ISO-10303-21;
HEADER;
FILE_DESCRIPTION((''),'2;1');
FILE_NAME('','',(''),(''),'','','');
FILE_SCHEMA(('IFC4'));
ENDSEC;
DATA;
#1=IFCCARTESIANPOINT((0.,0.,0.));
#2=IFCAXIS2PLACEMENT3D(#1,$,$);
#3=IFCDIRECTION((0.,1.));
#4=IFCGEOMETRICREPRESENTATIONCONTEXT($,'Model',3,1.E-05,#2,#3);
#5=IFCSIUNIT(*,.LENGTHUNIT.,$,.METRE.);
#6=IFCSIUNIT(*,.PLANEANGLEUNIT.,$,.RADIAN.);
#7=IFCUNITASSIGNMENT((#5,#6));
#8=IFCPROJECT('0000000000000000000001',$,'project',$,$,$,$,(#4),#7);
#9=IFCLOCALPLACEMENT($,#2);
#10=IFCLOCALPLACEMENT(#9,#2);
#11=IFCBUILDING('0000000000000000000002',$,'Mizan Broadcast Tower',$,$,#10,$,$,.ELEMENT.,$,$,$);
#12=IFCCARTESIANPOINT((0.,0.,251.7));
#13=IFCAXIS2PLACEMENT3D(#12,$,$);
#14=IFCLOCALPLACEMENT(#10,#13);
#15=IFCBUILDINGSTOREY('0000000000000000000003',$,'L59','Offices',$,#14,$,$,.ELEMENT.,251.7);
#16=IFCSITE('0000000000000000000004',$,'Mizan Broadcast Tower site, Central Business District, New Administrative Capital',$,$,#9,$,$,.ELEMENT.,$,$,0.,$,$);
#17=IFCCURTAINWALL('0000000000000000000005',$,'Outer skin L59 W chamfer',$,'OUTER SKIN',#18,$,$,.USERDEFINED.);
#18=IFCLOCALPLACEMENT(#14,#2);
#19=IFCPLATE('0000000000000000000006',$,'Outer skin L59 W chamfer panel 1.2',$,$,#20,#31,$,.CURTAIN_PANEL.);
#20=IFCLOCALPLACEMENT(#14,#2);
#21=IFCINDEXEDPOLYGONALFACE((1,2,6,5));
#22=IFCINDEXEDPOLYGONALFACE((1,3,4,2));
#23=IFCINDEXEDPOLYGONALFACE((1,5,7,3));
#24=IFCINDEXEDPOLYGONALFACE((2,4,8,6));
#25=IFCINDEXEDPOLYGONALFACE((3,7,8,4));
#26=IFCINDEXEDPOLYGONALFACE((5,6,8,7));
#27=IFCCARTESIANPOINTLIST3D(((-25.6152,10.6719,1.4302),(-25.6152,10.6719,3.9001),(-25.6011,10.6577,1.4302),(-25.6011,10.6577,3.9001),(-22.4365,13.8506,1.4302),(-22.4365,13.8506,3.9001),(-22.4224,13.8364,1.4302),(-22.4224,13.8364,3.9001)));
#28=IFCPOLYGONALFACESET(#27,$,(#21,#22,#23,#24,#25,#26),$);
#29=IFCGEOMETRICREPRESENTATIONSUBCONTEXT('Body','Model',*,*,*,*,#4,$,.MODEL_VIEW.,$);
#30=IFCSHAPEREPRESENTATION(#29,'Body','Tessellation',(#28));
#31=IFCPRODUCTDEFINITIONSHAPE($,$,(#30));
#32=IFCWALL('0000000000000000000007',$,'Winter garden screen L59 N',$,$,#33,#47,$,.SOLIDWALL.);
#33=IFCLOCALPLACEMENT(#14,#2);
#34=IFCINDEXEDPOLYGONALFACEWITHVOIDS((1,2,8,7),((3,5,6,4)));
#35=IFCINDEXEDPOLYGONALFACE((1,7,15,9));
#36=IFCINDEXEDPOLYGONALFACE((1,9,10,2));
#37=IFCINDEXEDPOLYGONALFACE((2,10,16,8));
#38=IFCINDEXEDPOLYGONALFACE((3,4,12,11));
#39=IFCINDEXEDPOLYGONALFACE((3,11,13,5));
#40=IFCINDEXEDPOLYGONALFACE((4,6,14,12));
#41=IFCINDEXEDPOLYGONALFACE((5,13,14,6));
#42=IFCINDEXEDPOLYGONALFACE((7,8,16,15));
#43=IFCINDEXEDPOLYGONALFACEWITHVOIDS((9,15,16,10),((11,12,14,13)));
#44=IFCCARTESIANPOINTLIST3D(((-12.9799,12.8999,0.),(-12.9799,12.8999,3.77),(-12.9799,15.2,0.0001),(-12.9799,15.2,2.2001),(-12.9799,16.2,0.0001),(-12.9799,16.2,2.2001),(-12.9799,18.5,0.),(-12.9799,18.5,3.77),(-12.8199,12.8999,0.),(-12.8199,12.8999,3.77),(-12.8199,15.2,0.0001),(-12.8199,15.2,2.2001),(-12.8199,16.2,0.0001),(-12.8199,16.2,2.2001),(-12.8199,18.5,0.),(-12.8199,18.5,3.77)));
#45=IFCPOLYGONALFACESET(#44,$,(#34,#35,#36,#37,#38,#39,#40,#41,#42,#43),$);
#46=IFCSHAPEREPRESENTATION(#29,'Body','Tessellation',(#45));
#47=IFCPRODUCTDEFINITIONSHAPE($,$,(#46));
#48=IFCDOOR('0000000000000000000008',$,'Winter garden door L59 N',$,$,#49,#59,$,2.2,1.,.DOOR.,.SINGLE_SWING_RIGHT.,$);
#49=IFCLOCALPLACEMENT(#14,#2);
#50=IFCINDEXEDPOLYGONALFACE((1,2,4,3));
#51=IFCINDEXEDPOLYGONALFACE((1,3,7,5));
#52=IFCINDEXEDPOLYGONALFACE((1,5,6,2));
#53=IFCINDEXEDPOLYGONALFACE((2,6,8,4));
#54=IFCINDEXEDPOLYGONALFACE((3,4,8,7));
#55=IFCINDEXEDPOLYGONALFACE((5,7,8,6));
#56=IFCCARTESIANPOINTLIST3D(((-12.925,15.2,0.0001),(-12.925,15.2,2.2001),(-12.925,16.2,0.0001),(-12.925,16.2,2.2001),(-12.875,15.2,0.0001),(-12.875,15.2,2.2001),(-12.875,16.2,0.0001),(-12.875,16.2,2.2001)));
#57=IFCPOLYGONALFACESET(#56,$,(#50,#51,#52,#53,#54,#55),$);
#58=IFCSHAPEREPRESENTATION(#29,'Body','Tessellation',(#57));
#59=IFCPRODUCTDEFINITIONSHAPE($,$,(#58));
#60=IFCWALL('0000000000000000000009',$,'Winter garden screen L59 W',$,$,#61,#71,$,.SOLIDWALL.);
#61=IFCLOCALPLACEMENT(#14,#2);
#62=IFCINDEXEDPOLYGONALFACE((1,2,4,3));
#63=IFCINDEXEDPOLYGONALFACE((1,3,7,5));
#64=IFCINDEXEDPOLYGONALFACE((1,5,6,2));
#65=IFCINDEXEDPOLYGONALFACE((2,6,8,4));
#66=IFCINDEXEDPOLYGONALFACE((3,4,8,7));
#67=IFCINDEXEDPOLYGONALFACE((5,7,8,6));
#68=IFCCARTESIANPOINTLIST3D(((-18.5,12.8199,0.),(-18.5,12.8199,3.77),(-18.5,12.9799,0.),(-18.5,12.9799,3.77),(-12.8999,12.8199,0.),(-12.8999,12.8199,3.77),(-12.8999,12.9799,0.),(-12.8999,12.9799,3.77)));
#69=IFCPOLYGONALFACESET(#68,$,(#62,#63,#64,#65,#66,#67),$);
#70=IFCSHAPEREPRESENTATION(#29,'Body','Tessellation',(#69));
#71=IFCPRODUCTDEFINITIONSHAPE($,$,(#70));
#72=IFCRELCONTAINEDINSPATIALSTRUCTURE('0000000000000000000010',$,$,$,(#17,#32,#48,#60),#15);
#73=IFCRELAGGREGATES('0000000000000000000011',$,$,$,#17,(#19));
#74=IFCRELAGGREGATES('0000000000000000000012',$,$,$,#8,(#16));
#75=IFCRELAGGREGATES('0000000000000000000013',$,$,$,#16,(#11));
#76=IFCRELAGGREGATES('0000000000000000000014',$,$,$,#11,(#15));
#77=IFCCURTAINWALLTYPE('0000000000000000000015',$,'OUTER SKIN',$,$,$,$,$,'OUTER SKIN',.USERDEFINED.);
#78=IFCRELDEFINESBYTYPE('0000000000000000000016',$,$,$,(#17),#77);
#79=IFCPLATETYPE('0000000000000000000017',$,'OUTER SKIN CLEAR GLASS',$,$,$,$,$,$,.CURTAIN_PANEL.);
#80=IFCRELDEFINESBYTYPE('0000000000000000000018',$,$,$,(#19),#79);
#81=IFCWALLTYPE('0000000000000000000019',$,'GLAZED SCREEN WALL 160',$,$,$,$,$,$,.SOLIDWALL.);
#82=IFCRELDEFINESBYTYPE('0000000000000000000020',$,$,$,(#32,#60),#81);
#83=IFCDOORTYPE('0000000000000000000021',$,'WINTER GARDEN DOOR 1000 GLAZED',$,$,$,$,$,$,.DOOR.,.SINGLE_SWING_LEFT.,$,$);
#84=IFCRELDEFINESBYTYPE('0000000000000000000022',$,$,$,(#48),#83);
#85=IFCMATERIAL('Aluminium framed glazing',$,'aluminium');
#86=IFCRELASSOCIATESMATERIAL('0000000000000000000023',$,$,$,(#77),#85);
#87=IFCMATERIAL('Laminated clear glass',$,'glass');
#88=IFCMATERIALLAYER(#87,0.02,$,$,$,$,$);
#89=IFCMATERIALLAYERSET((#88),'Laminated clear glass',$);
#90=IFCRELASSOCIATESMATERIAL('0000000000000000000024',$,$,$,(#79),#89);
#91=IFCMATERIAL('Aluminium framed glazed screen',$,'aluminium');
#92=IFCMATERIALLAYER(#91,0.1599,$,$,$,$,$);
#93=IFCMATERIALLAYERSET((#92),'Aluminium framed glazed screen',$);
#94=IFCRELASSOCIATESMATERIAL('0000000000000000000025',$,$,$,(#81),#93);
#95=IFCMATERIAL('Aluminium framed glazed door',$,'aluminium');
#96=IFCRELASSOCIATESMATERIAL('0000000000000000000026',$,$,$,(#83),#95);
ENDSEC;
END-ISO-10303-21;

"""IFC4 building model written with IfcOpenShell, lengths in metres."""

from ifc_helpers import new_model, si_unit, direction, frame, frame_2d, origin, origin_2d, place, context, subcontext, project, spatial, rectangle, extrude, material, layer, layer_set, type_object, element, fill, aggregate, save


model = new_model("IFC4")

# Units and contexts
model_context = context("Model", 3, precision=1e-05, world=origin(), true_north=direction((0.0, 1.0)))
body_context = subcontext(model_context, "Body", "Model", "MODEL_VIEW")
ifc_project = project(units=[si_unit("LENGTHUNIT", "METRE"), si_unit("PLANEANGLEUNIT", "RADIAN")], contexts=[model_context])

# Site, building, storey
site_placement = place(None, origin())
site = spatial("IfcSite", under=ifc_project, at=site_placement, Name="Mizan Broadcast Tower site, Central Business District, New Administrative Capital", CompositionType="ELEMENT", RefElevation=0.0)
building_placement = place(site_placement, origin())
building = spatial("IfcBuilding", under=site, at=building_placement, Name="Mizan Broadcast Tower", CompositionType="ELEMENT")
storey_placement = place(building_placement, frame((0.0, 0.0, 251.7)))
storey = spatial("IfcBuildingStorey", under=building, at=storey_placement, Name="L59", Description="Offices", CompositionType="ELEMENT", Elevation=251.7)

# Shared definitions
ifc_material_1 = material(Name="Aluminium framed glazing", Category="aluminium")
curtain_wall_type_1 = type_object("IfcCurtainWallType", Name="OUTER SKIN", ElementType="OUTER SKIN", PredefinedType="USERDEFINED", material=ifc_material_1)

# Curtain wall
curtain_wall_1_placement = place(storey_placement, origin())
curtain_wall_1 = element("IfcCurtainWall", 1, at=curtain_wall_1_placement, inside=storey, type_object=curtain_wall_type_1, Name="Outer skin L59 W chamfer", ObjectType="OUTER SKIN", PredefinedType="USERDEFINED")

# Plate
ifc_material_2 = material(Name="Laminated clear glass", Category="glass")
ifc_layer_1 = layer(ifc_material_2, 0.02)
ifc_layer_set_1 = layer_set([ifc_layer_1], Name="Laminated clear glass")
plate_type_1 = type_object("IfcPlateType", Name="OUTER SKIN CLEAR GLASS", PredefinedType="CURTAIN_PANEL", material=ifc_layer_set_1)
plate_1_placement = place(storey_placement, frame((-24.0188, 12.2542, 1.4302), z_axis=(0.0, 0.0, 1.0), x_axis=(-0.707107, -0.707107, 0.0)))
plate_1 = element("IfcPlate", 2, at=plate_1_placement, type_object=plate_type_1, Name="Outer skin L59 W chamfer panel 1.2", PredefinedType="CURTAIN_PANEL", context=body_context, shape_type="SweptSolid", body=[
    extrude(rectangle(XDim=4.4954, YDim=0.02, at=origin_2d()), origin(), (0.0, 0.0, 1.0), 2.47),
])
aggregate(curtain_wall_1, [plate_1])

# Wall, opening, door
ifc_material_3 = material(Name="Aluminium framed glazed screen", Category="aluminium")
ifc_layer_2 = layer(ifc_material_3, 0.1599)
ifc_layer_set_2 = layer_set([ifc_layer_2], Name="Aluminium framed glazed screen")
wall_type = type_object("IfcWallType", Name="GLAZED SCREEN WALL 160", PredefinedType="SOLIDWALL", material=ifc_layer_set_2)
wall_1_placement = place(storey_placement, frame((-12.8999, 18.5, 0.0), z_axis=(0.0, 0.0, 1.0), x_axis=(0.0, -1.0, 0.0)))
wall_1 = element("IfcWall", 3, at=wall_1_placement, inside=storey, type_object=wall_type, Name="Winter garden screen L59 N", PredefinedType="SOLIDWALL", context=body_context, shape_type="SweptSolid", body=[
    extrude(rectangle(XDim=5.6001, YDim=0.1599, at=frame_2d((2.8, 0.0))), origin(), (0.0, 0.0, 1.0), 3.77),
])
opening_placement = place(wall_1_placement, frame((2.3, 0.0, 0.0)))
opening = element("IfcOpeningElement", 4, at=opening_placement, cuts=wall_1, PredefinedType="OPENING", context=body_context, shape_type="SweptSolid", body=[
    extrude(rectangle(XDim=1.0, YDim=2.2, at=frame_2d((0.5, 1.1001))), frame((0.0, 0.0898, 0.0), z_axis=(0.0, -1.0, 0.0), x_axis=(1.0, 0.0, 0.0)), (0.0, 0.0, 1.0), 0.1799),
])
ifc_material_4 = material(Name="Aluminium framed glazed door", Category="aluminium")
door_type = type_object("IfcDoorType", Name="WINTER GARDEN DOOR 1000 GLAZED", OperationType="SINGLE_SWING_LEFT", PredefinedType="DOOR", material=ifc_material_4)
door_placement = place(opening_placement, origin())
door = element("IfcDoor", 5, at=door_placement, inside=storey, type_object=door_type, Name="Winter garden door L59 N", OperationType="SINGLE_SWING_RIGHT", OverallHeight=2.2, OverallWidth=1.0, PredefinedType="DOOR", context=body_context, shape_type="SweptSolid", body=[
    extrude(rectangle(XDim=1.0, YDim=2.2, at=frame_2d((0.5, 1.1001))), frame((0.0, 0.0249, 0.0), z_axis=(0.0, -1.0, 0.0), x_axis=(1.0, 0.0, 0.0)), (0.0, 0.0, 1.0), 0.05),
])
fill(opening, door)

# Wall
wall_2_placement = place(storey_placement, frame((-12.8999, 12.8999, 0.0), z_axis=(0.0, 0.0, 1.0), x_axis=(-1.0, 0.0, 0.0)))
element("IfcWall", 6, at=wall_2_placement, inside=storey, type_object=wall_type, Name="Winter garden screen L59 W", PredefinedType="SOLIDWALL", context=body_context, shape_type="SweptSolid", body=[
    extrude(rectangle(XDim=5.6001, YDim=0.1599, at=frame_2d((2.8, 0.0))), origin(), (0.0, 0.0, 1.0), 3.77),
])

save(model, "model.ifc")
